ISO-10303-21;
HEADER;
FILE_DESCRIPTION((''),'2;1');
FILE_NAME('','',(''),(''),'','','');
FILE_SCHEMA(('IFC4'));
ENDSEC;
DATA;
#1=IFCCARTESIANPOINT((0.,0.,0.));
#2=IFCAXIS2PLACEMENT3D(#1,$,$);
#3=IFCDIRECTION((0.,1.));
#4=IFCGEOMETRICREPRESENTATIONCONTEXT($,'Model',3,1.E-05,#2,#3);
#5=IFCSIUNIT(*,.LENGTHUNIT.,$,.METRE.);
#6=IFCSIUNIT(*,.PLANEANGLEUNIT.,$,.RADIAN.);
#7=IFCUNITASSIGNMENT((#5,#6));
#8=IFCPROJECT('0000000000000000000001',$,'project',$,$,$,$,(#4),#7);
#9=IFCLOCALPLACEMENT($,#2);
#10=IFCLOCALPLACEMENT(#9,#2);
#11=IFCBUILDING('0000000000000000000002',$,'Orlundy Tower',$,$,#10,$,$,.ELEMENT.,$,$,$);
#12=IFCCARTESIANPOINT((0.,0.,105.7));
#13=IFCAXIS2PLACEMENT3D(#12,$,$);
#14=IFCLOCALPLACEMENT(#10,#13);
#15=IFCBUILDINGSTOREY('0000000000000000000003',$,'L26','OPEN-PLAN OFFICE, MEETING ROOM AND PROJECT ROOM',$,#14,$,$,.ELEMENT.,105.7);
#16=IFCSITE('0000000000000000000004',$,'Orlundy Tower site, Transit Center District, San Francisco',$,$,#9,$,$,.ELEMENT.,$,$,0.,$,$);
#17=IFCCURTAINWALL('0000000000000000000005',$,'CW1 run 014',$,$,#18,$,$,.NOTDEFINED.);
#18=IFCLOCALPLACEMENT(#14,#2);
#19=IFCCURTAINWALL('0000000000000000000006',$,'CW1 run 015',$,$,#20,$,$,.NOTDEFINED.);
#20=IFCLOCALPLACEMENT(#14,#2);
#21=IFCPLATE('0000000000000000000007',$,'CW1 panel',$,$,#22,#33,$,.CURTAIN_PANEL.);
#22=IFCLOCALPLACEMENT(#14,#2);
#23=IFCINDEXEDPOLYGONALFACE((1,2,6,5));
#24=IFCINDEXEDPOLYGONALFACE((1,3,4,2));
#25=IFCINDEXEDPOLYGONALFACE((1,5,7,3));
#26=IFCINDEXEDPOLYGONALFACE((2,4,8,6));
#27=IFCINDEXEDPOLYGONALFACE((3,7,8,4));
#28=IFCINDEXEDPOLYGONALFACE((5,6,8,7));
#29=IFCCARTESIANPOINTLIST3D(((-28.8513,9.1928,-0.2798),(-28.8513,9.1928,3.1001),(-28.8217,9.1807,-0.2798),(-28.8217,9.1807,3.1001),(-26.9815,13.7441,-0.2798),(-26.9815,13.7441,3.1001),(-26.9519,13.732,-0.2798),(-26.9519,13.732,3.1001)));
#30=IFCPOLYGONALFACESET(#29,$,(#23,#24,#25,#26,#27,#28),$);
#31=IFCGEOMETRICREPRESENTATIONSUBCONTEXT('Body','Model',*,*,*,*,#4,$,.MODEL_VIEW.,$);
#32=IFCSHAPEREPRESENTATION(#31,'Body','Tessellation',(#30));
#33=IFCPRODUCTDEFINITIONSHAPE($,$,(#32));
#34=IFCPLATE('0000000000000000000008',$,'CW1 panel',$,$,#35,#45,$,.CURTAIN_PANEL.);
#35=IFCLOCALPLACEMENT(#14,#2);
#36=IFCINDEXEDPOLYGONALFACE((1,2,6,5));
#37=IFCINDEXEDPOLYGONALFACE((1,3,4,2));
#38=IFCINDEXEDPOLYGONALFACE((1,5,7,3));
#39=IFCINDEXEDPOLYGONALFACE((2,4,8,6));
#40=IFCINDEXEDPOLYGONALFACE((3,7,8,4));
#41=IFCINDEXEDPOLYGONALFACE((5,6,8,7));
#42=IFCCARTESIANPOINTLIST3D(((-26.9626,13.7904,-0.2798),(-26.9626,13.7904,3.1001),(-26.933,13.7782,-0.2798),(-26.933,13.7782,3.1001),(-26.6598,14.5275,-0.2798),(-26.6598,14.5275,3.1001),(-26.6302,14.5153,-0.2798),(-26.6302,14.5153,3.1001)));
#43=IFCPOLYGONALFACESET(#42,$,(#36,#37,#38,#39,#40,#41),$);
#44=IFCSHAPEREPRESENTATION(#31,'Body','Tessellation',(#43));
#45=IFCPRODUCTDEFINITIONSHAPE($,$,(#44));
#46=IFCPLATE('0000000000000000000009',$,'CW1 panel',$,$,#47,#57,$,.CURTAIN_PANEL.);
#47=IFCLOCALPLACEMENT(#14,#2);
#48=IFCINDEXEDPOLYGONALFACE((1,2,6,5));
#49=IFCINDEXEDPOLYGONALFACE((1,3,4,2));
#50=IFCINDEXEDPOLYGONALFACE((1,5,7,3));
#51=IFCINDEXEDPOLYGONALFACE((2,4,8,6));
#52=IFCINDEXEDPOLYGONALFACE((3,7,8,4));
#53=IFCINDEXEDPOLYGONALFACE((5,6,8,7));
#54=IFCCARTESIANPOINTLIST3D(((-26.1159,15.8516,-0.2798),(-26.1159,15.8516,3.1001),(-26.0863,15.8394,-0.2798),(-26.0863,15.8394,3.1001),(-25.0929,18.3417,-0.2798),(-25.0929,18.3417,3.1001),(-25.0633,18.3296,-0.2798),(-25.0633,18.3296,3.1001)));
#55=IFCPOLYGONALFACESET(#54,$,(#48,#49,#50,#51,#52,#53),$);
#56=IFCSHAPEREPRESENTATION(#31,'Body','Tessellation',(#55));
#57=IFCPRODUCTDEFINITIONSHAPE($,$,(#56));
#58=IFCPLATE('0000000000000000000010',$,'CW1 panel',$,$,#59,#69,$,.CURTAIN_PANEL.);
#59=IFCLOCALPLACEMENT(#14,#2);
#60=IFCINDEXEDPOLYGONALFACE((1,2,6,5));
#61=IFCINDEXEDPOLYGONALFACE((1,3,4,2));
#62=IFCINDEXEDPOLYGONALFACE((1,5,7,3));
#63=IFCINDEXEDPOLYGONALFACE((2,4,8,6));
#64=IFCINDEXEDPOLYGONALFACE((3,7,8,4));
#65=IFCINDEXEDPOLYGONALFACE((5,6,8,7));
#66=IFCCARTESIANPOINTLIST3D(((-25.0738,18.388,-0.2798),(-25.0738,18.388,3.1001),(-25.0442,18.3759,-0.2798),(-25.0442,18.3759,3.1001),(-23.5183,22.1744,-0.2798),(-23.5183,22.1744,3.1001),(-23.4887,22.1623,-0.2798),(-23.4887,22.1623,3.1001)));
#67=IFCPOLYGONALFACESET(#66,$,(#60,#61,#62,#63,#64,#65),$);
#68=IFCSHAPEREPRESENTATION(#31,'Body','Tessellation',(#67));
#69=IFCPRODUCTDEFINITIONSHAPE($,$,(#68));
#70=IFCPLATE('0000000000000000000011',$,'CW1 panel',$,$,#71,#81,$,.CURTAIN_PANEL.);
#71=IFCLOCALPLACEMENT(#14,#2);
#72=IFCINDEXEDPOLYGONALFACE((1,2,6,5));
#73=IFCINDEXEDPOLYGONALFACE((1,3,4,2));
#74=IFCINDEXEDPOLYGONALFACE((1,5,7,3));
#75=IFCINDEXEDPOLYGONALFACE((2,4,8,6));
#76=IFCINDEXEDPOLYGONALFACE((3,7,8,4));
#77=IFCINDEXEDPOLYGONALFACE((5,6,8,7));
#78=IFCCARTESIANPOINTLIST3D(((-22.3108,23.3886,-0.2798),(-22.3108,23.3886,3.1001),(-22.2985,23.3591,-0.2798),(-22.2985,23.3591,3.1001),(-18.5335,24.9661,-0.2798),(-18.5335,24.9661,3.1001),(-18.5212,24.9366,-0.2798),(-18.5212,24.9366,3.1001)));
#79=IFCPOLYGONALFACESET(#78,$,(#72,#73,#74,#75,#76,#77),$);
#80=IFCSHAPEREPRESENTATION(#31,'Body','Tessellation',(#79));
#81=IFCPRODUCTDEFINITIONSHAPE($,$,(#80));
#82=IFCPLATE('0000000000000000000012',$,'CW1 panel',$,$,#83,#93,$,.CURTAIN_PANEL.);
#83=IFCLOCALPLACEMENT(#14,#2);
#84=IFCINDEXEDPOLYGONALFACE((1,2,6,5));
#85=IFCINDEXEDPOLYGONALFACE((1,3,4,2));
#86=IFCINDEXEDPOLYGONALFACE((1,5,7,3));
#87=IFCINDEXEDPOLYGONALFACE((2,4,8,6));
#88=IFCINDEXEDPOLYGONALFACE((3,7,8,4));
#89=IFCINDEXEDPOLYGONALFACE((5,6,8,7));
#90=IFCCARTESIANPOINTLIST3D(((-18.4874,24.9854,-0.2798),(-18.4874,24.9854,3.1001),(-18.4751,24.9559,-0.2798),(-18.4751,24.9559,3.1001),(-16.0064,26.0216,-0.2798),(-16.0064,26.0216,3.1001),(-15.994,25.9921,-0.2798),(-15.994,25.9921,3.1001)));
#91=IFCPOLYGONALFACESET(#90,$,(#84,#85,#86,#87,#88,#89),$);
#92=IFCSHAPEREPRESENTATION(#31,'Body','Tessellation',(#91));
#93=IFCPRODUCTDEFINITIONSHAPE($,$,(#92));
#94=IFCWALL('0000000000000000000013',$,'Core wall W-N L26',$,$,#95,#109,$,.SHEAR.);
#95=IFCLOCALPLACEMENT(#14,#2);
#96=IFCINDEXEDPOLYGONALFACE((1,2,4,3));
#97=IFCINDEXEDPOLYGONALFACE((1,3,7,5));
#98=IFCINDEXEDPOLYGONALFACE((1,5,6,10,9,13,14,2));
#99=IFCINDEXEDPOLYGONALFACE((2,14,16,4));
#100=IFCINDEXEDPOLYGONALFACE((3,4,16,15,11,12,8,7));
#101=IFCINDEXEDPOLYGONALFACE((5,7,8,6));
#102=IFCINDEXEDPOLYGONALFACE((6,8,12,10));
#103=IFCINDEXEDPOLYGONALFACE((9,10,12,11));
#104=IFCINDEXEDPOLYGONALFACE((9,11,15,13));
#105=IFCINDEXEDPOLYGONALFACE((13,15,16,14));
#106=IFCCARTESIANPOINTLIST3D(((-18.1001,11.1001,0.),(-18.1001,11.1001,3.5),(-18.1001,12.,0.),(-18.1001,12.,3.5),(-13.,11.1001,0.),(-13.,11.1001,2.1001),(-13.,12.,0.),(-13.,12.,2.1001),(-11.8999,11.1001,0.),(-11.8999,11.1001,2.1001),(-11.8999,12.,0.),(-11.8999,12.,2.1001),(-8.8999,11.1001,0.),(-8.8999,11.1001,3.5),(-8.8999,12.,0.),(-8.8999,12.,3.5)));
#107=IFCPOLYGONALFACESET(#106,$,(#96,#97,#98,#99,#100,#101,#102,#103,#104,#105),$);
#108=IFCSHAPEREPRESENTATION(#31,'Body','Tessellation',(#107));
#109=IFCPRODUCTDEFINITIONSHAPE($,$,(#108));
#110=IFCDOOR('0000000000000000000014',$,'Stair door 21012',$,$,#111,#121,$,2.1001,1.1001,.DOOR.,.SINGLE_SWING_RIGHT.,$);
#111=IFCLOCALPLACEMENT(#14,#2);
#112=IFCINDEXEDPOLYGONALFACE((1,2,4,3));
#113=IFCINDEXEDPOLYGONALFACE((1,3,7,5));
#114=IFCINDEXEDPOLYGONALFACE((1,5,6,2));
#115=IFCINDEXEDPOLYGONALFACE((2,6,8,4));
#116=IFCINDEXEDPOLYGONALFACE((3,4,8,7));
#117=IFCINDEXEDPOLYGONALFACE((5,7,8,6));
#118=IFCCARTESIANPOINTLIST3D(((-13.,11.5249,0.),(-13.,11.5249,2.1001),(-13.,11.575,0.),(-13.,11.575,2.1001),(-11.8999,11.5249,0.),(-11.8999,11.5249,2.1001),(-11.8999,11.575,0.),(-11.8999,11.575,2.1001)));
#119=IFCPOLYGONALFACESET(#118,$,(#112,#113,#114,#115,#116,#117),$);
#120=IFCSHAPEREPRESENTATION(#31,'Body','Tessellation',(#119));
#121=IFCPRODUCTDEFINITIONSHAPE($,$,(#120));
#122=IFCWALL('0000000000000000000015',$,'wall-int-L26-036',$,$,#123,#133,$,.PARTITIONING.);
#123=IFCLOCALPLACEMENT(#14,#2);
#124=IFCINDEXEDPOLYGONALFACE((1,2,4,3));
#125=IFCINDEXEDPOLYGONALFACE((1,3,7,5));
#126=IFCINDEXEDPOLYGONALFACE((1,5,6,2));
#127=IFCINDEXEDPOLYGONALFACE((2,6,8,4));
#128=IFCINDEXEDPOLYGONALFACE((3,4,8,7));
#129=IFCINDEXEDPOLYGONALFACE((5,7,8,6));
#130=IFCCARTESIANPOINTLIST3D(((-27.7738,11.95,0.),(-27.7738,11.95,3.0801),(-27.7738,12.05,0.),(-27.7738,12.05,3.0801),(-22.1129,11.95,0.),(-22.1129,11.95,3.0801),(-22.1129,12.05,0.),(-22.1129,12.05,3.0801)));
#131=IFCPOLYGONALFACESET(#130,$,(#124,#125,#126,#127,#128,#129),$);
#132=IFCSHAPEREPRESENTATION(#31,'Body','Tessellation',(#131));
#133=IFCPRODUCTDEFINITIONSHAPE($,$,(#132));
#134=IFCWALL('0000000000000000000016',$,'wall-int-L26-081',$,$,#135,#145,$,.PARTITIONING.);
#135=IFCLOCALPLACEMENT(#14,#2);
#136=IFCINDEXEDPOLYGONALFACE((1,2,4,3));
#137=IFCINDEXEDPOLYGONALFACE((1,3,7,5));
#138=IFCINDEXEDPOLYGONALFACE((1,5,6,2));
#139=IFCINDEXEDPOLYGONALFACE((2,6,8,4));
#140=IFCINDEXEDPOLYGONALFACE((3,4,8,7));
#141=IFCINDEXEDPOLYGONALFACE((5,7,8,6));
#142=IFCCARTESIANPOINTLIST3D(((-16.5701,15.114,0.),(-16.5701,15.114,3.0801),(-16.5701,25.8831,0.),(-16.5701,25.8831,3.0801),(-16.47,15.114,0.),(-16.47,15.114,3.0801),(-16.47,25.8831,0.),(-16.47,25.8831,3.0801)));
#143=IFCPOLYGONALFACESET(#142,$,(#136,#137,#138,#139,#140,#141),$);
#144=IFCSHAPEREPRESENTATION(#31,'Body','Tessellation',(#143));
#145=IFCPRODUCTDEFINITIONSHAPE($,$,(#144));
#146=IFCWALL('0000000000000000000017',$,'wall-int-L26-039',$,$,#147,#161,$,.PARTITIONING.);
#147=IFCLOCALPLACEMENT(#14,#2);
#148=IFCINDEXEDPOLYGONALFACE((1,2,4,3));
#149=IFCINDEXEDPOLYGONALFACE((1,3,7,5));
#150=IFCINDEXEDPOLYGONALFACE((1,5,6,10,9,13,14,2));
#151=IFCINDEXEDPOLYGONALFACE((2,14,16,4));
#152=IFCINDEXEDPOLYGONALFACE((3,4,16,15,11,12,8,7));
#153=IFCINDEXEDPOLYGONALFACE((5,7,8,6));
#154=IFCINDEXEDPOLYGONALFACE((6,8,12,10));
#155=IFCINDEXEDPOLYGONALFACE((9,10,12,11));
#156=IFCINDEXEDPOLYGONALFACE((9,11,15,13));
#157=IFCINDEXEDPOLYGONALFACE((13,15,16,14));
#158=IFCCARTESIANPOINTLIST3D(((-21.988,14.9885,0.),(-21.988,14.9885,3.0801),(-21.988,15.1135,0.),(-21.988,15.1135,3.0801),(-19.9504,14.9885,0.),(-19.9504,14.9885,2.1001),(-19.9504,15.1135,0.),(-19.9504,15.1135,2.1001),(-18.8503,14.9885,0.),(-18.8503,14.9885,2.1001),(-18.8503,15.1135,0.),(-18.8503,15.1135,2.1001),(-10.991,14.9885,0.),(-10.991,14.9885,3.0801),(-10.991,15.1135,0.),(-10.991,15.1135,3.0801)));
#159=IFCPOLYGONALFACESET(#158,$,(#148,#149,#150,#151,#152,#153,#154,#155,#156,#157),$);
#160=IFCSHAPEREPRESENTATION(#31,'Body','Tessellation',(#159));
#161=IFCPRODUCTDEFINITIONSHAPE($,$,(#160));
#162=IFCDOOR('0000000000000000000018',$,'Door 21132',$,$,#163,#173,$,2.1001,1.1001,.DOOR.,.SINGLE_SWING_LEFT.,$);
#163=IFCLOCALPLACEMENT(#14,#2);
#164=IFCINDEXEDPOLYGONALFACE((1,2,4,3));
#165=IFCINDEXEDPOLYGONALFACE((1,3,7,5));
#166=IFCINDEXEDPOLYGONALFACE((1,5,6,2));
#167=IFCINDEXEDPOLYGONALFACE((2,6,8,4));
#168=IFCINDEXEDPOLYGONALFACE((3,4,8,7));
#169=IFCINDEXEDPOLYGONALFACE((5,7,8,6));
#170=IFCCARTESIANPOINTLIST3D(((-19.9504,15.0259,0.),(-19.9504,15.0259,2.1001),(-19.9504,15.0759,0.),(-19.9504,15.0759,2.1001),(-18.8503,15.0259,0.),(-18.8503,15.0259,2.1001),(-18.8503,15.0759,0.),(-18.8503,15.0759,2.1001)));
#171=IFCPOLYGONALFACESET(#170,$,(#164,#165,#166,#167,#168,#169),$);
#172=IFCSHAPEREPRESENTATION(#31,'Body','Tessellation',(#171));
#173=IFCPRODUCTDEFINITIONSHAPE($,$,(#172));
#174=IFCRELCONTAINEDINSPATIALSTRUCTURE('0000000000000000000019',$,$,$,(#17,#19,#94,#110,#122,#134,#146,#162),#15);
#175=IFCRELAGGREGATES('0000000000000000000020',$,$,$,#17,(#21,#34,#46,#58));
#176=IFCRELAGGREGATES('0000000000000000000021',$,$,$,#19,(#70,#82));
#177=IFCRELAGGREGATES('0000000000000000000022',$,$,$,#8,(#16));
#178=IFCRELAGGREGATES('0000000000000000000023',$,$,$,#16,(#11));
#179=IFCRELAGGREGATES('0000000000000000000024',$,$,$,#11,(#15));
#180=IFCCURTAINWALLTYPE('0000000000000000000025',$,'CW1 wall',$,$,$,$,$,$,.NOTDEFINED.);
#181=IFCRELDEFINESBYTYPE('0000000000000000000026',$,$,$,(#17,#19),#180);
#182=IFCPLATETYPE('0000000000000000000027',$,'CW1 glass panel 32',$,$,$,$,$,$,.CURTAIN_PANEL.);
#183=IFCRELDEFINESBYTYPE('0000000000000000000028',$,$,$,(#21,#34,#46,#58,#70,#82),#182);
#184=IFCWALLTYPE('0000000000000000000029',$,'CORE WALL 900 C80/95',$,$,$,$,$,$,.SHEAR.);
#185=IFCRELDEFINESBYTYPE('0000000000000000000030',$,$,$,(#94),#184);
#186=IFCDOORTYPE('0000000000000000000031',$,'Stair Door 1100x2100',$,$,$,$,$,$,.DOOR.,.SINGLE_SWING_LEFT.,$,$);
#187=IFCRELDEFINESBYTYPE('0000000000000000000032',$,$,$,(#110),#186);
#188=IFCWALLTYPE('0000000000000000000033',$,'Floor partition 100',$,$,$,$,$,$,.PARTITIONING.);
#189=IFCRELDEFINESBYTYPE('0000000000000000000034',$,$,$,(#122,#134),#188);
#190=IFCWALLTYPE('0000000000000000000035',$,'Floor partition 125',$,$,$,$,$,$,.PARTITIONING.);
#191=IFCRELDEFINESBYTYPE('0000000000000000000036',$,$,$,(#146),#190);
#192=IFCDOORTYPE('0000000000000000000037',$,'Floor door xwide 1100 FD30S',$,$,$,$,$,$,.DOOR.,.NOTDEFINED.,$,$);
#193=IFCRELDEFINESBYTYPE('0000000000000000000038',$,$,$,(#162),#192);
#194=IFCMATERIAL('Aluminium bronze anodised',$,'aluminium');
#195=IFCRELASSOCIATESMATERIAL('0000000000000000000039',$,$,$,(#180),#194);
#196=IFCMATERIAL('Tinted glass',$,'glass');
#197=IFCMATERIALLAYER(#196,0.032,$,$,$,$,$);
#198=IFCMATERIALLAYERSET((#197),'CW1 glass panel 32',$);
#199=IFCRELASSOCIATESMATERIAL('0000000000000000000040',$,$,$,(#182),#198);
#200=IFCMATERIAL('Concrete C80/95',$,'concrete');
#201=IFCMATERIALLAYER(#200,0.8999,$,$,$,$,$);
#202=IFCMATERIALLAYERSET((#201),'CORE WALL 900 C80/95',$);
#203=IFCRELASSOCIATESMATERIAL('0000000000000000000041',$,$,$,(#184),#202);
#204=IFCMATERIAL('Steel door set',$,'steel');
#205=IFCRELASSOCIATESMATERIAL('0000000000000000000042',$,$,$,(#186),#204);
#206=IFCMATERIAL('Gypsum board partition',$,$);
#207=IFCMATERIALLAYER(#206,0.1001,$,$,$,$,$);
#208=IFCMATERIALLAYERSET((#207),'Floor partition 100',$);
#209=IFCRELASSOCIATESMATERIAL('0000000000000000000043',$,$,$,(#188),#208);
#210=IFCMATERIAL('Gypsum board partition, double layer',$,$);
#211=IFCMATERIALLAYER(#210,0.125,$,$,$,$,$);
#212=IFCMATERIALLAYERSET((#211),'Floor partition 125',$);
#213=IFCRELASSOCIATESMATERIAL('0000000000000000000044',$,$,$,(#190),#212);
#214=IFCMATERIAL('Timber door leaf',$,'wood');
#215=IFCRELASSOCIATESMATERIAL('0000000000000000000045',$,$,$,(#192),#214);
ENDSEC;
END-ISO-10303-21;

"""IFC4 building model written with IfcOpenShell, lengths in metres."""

from ifc_helpers import new_model, si_unit, direction, frame, frame_2d, origin, origin_2d, place, context, subcontext, project, spatial, rectangle, extrude, material, layer, layer_set, type_object, element, fill, aggregate, save


model = new_model("IFC4")

# Units and contexts
model_context = context("Model", 3, precision=1e-05, world=origin(), true_north=direction((0.0, 1.0)))
body_context = subcontext(model_context, "Body", "Model", "MODEL_VIEW")
ifc_project = project(units=[si_unit("LENGTHUNIT", "METRE"), si_unit("PLANEANGLEUNIT", "RADIAN")], contexts=[model_context])

# Site, building, storey
site_placement = place(None, origin())
site = spatial("IfcSite", under=ifc_project, at=site_placement, Name="Orlundy Tower site, Transit Center District, San Francisco", CompositionType="ELEMENT", RefElevation=0.0)
building_placement = place(site_placement, origin())
building = spatial("IfcBuilding", under=site, at=building_placement, Name="Orlundy Tower", CompositionType="ELEMENT")
storey_placement = place(building_placement, frame((0.0, 0.0, 105.7)))
storey = spatial("IfcBuildingStorey", under=building, at=storey_placement, Name="L26", Description="OPEN-PLAN OFFICE, MEETING ROOM AND PROJECT ROOM", CompositionType="ELEMENT", Elevation=105.7)

# Curtain wall
ifc_material_1 = material(Name="Aluminium bronze anodised", Category="aluminium")
curtain_wall_type = type_object("IfcCurtainWallType", Name="CW1 wall", PredefinedType="NOTDEFINED", material=ifc_material_1)
curtain_wall_1_placement = place(storey_placement, origin())
curtain_wall_1 = element("IfcCurtainWall", 1, at=curtain_wall_1_placement, inside=storey, type_object=curtain_wall_type, Name="CW1 run 014", PredefinedType="NOTDEFINED")

# Curtain wall
curtain_wall_2_placement = place(storey_placement, origin())
curtain_wall_2 = element("IfcCurtainWall", 2, at=curtain_wall_2_placement, inside=storey, type_object=curtain_wall_type, Name="CW1 run 015", PredefinedType="NOTDEFINED")

# Plates
ifc_material_2 = material(Name="Tinted glass", Category="glass")
ifc_layer_1 = layer(ifc_material_2, 0.032)
ifc_layer_set_1 = layer_set([ifc_layer_1], Name="CW1 glass panel 32")
plate_type = type_object("IfcPlateType", Name="CW1 glass panel 32", PredefinedType="CURTAIN_PANEL", material=ifc_layer_set_1)
plate_1_placement = place(storey_placement, frame((-27.9016, 11.4624, -0.2798), z_axis=(0.0, 0.0, 1.0), x_axis=(0.380005, 0.924984, 0.0)))
plate_1 = element("IfcPlate", 3, at=plate_1_placement, type_object=plate_type, Name="CW1 panel", PredefinedType="CURTAIN_PANEL", context=body_context, shape_type="SweptSolid", body=[
    extrude(rectangle(XDim=4.9204, YDim=0.032, at=origin_2d()), origin(), (0.0, 0.0, 1.0), 3.3799),
])
plate_2_placement = place(storey_placement, frame((-26.7964, 14.1528, -0.2798), z_axis=(0.0, 0.0, 1.0), x_axis=(0.380005, 0.924984, 0.0)))
plate_2 = element("IfcPlate", 4, at=plate_2_placement, type_object=plate_type, Name="CW1 panel", PredefinedType="CURTAIN_PANEL", context=body_context, shape_type="SweptSolid", body=[
    extrude(rectangle(XDim=0.7969, YDim=0.032, at=origin_2d()), origin(), (0.0, 0.0, 1.0), 3.3799),
])
plate_3_placement = place(storey_placement, frame((-25.5896, 17.0906, -0.2798), z_axis=(0.0, 0.0, 1.0), x_axis=(0.380005, 0.924984, 0.0)))
plate_3 = element("IfcPlate", 5, at=plate_3_placement, type_object=plate_type, Name="CW1 panel", PredefinedType="CURTAIN_PANEL", context=body_context, shape_type="SweptSolid", body=[
    extrude(rectangle(XDim=2.6921, YDim=0.032, at=origin_2d()), origin(), (0.0, 0.0, 1.0), 3.3799),
])
plate_4_placement = place(storey_placement, frame((-24.2812, 20.2751, -0.2798), z_axis=(0.0, 0.0, 1.0), x_axis=(0.380005, 0.924984, 0.0)))
plate_4 = element("IfcPlate", 6, at=plate_4_placement, type_object=plate_type, Name="CW1 panel", PredefinedType="CURTAIN_PANEL", context=body_context, shape_type="SweptSolid", body=[
    extrude(rectangle(XDim=4.0935, YDim=0.032, at=origin_2d()), origin(), (0.0, 0.0, 1.0), 3.3799),
])
aggregate(curtain_wall_1, [plate_1, plate_2, plate_3, plate_4])
plate_5_placement = place(storey_placement, frame((-20.416, 24.1626, -0.2798), z_axis=(0.0, 0.0, 1.0), x_axis=(0.92276, 0.385375, 0.0)))
plate_5 = element("IfcPlate", 7, at=plate_5_placement, type_object=plate_type, Name="CW1 panel", PredefinedType="CURTAIN_PANEL", context=body_context, shape_type="SweptSolid", body=[
    extrude(rectangle(XDim=4.0935, YDim=0.032, at=origin_2d()), origin(), (0.0, 0.0, 1.0), 3.3799),
])
plate_6_placement = place(storey_placement, frame((-17.2407, 25.4888, -0.2798), z_axis=(0.0, 0.0, 1.0), x_axis=(0.92276, 0.385375, 0.0)))
plate_6 = element("IfcPlate", 8, at=plate_6_placement, type_object=plate_type, Name="CW1 panel", PredefinedType="CURTAIN_PANEL", context=body_context, shape_type="SweptSolid", body=[
    extrude(rectangle(XDim=2.6887, YDim=0.032, at=origin_2d()), origin(), (0.0, 0.0, 1.0), 3.3799),
])
aggregate(curtain_wall_2, [plate_5, plate_6])

# Wall, opening, door
ifc_material_3 = material(Name="Concrete C80/95", Category="concrete")
ifc_layer_2 = layer(ifc_material_3, 0.8999)
ifc_layer_set_2 = layer_set([ifc_layer_2], Name="CORE WALL 900 C80/95")
wall_type_1 = type_object("IfcWallType", Name="CORE WALL 900 C80/95", PredefinedType="SHEAR", material=ifc_layer_set_2)
wall_1_placement = place(storey_placement, frame((-18.1001, 11.55, 0.0), z_axis=(0.0, 0.0, 1.0), x_axis=(1.0, 0.0, 0.0)))
wall_1 = element("IfcWall", 9, at=wall_1_placement, inside=storey, type_object=wall_type_1, Name="Core wall W-N L26", PredefinedType="SHEAR", context=body_context, shape_type="SweptSolid", body=[
    extrude(rectangle(XDim=9.2002, YDim=0.8999, at=frame_2d((4.6001, 0.0))), origin(), (0.0, 0.0, 1.0), 3.5),
])
opening_1_placement = place(wall_1_placement, frame((5.1001, 0.0, 0.0)))
opening_1 = element("IfcOpeningElement", 10, at=opening_1_placement, cuts=wall_1, PredefinedType="OPENING", context=body_context, shape_type="SweptSolid", body=[
    extrude(rectangle(XDim=1.1001, YDim=2.1001, at=frame_2d((0.55, 1.05))), frame((0.0, 0.46, 0.0), z_axis=(0.0, -1.0, 0.0), x_axis=(1.0, 0.0, 0.0)), (0.0, 0.0, 1.0), 0.9199),
])
ifc_material_4 = material(Name="Steel door set", Category="steel")
door_type_1 = type_object("IfcDoorType", Name="Stair Door 1100x2100", OperationType="SINGLE_SWING_LEFT", PredefinedType="DOOR", material=ifc_material_4)
door_1_placement = place(opening_1_placement, origin())
door_1 = element("IfcDoor", 11, at=door_1_placement, inside=storey, type_object=door_type_1, Name="Stair door 21012", OperationType="SINGLE_SWING_RIGHT", OverallHeight=2.1001, OverallWidth=1.1001, PredefinedType="DOOR", context=body_context, shape_type="SweptSolid", body=[
    extrude(rectangle(XDim=1.1001, YDim=2.1001, at=frame_2d((0.55, 1.05))), frame((0.0, 0.0249, 0.0), z_axis=(0.0, -1.0, 0.0), x_axis=(1.0, 0.0, 0.0)), (0.0, 0.0, 1.0), 0.05),
])
fill(opening_1, door_1)

# Walls
ifc_material_5 = material(Name="Gypsum board partition")
ifc_layer_3 = layer(ifc_material_5, 0.1001)
ifc_layer_set_3 = layer_set([ifc_layer_3], Name="Floor partition 100")
wall_type_2 = type_object("IfcWallType", Name="Floor partition 100", PredefinedType="PARTITIONING", material=ifc_layer_set_3)
wall_2_placement = place(storey_placement, frame((-27.7739, 12.0, 0.0), z_axis=(0.0, 0.0, 1.0), x_axis=(1.0, 0.0, 0.0)))
element("IfcWall", 12, at=wall_2_placement, inside=storey, type_object=wall_type_2, Name="wall-int-L26-036", PredefinedType="PARTITIONING", context=body_context, shape_type="SweptSolid", body=[
    extrude(rectangle(XDim=5.6609, YDim=0.1001, at=frame_2d((2.8306, 0.0))), origin(), (0.0, 0.0, 1.0), 3.0801),
])
wall_3_placement = place(storey_placement, frame((-16.52, 15.114, 0.0), z_axis=(0.0, 0.0, 1.0), x_axis=(0.0, 1.0, 0.0)))
element("IfcWall", 13, at=wall_3_placement, inside=storey, type_object=wall_type_2, Name="wall-int-L26-081", PredefinedType="PARTITIONING", context=body_context, shape_type="SweptSolid", body=[
    extrude(rectangle(XDim=10.769, YDim=0.1001, at=frame_2d((5.3845, 0.0))), origin(), (0.0, 0.0, 1.0), 3.0801),
])

# Wall, opening, door
ifc_material_6 = material(Name="Gypsum board partition, double layer")
ifc_layer_4 = layer(ifc_material_6, 0.125)
ifc_layer_set_4 = layer_set([ifc_layer_4], Name="Floor partition 125")
wall_type_3 = type_object("IfcWallType", Name="Floor partition 125", PredefinedType="PARTITIONING", material=ifc_layer_set_4)
wall_4_placement = place(storey_placement, frame((-21.988, 15.051, 0.0), z_axis=(0.0, 0.0, 1.0), x_axis=(1.0, 0.0, 0.0)))
wall_4 = element("IfcWall", 14, at=wall_4_placement, inside=storey, type_object=wall_type_3, Name="wall-int-L26-039", PredefinedType="PARTITIONING", context=body_context, shape_type="SweptSolid", body=[
    extrude(rectangle(XDim=10.9971, YDim=0.125, at=frame_2d((5.4985, 0.0))), origin(), (0.0, 0.0, 1.0), 3.0801),
])
opening_2_placement = place(wall_4_placement, frame((2.0376, 0.0, 0.0)))
opening_2 = element("IfcOpeningElement", 15, at=opening_2_placement, cuts=wall_4, PredefinedType="OPENING", context=body_context, shape_type="SweptSolid", body=[
    extrude(rectangle(XDim=1.1001, YDim=2.1001, at=frame_2d((0.55, 1.05))), frame((0.0, 0.0725, 0.0), z_axis=(0.0, -1.0, 0.0), x_axis=(1.0, 0.0, 0.0)), (0.0, 0.0, 1.0), 0.145),
])
ifc_material_7 = material(Name="Timber door leaf", Category="wood")
door_type_2 = type_object("IfcDoorType", Name="Floor door xwide 1100 FD30S", OperationType="NOTDEFINED", PredefinedType="DOOR", material=ifc_material_7)
door_2_placement = place(opening_2_placement, origin())
door_2 = element("IfcDoor", 16, at=door_2_placement, inside=storey, type_object=door_type_2, Name="Door 21132", OperationType="SINGLE_SWING_LEFT", OverallHeight=2.1001, OverallWidth=1.1001, PredefinedType="DOOR", context=body_context, shape_type="SweptSolid", body=[
    extrude(rectangle(XDim=1.1001, YDim=2.1001, at=frame_2d((0.55, 1.05))), frame((0.0, 0.0249, 0.0), z_axis=(0.0, -1.0, 0.0), x_axis=(1.0, 0.0, 0.0)), (0.0, 0.0, 1.0), 0.05),
])
fill(opening_2, door_2)

save(model, "model.ifc")
